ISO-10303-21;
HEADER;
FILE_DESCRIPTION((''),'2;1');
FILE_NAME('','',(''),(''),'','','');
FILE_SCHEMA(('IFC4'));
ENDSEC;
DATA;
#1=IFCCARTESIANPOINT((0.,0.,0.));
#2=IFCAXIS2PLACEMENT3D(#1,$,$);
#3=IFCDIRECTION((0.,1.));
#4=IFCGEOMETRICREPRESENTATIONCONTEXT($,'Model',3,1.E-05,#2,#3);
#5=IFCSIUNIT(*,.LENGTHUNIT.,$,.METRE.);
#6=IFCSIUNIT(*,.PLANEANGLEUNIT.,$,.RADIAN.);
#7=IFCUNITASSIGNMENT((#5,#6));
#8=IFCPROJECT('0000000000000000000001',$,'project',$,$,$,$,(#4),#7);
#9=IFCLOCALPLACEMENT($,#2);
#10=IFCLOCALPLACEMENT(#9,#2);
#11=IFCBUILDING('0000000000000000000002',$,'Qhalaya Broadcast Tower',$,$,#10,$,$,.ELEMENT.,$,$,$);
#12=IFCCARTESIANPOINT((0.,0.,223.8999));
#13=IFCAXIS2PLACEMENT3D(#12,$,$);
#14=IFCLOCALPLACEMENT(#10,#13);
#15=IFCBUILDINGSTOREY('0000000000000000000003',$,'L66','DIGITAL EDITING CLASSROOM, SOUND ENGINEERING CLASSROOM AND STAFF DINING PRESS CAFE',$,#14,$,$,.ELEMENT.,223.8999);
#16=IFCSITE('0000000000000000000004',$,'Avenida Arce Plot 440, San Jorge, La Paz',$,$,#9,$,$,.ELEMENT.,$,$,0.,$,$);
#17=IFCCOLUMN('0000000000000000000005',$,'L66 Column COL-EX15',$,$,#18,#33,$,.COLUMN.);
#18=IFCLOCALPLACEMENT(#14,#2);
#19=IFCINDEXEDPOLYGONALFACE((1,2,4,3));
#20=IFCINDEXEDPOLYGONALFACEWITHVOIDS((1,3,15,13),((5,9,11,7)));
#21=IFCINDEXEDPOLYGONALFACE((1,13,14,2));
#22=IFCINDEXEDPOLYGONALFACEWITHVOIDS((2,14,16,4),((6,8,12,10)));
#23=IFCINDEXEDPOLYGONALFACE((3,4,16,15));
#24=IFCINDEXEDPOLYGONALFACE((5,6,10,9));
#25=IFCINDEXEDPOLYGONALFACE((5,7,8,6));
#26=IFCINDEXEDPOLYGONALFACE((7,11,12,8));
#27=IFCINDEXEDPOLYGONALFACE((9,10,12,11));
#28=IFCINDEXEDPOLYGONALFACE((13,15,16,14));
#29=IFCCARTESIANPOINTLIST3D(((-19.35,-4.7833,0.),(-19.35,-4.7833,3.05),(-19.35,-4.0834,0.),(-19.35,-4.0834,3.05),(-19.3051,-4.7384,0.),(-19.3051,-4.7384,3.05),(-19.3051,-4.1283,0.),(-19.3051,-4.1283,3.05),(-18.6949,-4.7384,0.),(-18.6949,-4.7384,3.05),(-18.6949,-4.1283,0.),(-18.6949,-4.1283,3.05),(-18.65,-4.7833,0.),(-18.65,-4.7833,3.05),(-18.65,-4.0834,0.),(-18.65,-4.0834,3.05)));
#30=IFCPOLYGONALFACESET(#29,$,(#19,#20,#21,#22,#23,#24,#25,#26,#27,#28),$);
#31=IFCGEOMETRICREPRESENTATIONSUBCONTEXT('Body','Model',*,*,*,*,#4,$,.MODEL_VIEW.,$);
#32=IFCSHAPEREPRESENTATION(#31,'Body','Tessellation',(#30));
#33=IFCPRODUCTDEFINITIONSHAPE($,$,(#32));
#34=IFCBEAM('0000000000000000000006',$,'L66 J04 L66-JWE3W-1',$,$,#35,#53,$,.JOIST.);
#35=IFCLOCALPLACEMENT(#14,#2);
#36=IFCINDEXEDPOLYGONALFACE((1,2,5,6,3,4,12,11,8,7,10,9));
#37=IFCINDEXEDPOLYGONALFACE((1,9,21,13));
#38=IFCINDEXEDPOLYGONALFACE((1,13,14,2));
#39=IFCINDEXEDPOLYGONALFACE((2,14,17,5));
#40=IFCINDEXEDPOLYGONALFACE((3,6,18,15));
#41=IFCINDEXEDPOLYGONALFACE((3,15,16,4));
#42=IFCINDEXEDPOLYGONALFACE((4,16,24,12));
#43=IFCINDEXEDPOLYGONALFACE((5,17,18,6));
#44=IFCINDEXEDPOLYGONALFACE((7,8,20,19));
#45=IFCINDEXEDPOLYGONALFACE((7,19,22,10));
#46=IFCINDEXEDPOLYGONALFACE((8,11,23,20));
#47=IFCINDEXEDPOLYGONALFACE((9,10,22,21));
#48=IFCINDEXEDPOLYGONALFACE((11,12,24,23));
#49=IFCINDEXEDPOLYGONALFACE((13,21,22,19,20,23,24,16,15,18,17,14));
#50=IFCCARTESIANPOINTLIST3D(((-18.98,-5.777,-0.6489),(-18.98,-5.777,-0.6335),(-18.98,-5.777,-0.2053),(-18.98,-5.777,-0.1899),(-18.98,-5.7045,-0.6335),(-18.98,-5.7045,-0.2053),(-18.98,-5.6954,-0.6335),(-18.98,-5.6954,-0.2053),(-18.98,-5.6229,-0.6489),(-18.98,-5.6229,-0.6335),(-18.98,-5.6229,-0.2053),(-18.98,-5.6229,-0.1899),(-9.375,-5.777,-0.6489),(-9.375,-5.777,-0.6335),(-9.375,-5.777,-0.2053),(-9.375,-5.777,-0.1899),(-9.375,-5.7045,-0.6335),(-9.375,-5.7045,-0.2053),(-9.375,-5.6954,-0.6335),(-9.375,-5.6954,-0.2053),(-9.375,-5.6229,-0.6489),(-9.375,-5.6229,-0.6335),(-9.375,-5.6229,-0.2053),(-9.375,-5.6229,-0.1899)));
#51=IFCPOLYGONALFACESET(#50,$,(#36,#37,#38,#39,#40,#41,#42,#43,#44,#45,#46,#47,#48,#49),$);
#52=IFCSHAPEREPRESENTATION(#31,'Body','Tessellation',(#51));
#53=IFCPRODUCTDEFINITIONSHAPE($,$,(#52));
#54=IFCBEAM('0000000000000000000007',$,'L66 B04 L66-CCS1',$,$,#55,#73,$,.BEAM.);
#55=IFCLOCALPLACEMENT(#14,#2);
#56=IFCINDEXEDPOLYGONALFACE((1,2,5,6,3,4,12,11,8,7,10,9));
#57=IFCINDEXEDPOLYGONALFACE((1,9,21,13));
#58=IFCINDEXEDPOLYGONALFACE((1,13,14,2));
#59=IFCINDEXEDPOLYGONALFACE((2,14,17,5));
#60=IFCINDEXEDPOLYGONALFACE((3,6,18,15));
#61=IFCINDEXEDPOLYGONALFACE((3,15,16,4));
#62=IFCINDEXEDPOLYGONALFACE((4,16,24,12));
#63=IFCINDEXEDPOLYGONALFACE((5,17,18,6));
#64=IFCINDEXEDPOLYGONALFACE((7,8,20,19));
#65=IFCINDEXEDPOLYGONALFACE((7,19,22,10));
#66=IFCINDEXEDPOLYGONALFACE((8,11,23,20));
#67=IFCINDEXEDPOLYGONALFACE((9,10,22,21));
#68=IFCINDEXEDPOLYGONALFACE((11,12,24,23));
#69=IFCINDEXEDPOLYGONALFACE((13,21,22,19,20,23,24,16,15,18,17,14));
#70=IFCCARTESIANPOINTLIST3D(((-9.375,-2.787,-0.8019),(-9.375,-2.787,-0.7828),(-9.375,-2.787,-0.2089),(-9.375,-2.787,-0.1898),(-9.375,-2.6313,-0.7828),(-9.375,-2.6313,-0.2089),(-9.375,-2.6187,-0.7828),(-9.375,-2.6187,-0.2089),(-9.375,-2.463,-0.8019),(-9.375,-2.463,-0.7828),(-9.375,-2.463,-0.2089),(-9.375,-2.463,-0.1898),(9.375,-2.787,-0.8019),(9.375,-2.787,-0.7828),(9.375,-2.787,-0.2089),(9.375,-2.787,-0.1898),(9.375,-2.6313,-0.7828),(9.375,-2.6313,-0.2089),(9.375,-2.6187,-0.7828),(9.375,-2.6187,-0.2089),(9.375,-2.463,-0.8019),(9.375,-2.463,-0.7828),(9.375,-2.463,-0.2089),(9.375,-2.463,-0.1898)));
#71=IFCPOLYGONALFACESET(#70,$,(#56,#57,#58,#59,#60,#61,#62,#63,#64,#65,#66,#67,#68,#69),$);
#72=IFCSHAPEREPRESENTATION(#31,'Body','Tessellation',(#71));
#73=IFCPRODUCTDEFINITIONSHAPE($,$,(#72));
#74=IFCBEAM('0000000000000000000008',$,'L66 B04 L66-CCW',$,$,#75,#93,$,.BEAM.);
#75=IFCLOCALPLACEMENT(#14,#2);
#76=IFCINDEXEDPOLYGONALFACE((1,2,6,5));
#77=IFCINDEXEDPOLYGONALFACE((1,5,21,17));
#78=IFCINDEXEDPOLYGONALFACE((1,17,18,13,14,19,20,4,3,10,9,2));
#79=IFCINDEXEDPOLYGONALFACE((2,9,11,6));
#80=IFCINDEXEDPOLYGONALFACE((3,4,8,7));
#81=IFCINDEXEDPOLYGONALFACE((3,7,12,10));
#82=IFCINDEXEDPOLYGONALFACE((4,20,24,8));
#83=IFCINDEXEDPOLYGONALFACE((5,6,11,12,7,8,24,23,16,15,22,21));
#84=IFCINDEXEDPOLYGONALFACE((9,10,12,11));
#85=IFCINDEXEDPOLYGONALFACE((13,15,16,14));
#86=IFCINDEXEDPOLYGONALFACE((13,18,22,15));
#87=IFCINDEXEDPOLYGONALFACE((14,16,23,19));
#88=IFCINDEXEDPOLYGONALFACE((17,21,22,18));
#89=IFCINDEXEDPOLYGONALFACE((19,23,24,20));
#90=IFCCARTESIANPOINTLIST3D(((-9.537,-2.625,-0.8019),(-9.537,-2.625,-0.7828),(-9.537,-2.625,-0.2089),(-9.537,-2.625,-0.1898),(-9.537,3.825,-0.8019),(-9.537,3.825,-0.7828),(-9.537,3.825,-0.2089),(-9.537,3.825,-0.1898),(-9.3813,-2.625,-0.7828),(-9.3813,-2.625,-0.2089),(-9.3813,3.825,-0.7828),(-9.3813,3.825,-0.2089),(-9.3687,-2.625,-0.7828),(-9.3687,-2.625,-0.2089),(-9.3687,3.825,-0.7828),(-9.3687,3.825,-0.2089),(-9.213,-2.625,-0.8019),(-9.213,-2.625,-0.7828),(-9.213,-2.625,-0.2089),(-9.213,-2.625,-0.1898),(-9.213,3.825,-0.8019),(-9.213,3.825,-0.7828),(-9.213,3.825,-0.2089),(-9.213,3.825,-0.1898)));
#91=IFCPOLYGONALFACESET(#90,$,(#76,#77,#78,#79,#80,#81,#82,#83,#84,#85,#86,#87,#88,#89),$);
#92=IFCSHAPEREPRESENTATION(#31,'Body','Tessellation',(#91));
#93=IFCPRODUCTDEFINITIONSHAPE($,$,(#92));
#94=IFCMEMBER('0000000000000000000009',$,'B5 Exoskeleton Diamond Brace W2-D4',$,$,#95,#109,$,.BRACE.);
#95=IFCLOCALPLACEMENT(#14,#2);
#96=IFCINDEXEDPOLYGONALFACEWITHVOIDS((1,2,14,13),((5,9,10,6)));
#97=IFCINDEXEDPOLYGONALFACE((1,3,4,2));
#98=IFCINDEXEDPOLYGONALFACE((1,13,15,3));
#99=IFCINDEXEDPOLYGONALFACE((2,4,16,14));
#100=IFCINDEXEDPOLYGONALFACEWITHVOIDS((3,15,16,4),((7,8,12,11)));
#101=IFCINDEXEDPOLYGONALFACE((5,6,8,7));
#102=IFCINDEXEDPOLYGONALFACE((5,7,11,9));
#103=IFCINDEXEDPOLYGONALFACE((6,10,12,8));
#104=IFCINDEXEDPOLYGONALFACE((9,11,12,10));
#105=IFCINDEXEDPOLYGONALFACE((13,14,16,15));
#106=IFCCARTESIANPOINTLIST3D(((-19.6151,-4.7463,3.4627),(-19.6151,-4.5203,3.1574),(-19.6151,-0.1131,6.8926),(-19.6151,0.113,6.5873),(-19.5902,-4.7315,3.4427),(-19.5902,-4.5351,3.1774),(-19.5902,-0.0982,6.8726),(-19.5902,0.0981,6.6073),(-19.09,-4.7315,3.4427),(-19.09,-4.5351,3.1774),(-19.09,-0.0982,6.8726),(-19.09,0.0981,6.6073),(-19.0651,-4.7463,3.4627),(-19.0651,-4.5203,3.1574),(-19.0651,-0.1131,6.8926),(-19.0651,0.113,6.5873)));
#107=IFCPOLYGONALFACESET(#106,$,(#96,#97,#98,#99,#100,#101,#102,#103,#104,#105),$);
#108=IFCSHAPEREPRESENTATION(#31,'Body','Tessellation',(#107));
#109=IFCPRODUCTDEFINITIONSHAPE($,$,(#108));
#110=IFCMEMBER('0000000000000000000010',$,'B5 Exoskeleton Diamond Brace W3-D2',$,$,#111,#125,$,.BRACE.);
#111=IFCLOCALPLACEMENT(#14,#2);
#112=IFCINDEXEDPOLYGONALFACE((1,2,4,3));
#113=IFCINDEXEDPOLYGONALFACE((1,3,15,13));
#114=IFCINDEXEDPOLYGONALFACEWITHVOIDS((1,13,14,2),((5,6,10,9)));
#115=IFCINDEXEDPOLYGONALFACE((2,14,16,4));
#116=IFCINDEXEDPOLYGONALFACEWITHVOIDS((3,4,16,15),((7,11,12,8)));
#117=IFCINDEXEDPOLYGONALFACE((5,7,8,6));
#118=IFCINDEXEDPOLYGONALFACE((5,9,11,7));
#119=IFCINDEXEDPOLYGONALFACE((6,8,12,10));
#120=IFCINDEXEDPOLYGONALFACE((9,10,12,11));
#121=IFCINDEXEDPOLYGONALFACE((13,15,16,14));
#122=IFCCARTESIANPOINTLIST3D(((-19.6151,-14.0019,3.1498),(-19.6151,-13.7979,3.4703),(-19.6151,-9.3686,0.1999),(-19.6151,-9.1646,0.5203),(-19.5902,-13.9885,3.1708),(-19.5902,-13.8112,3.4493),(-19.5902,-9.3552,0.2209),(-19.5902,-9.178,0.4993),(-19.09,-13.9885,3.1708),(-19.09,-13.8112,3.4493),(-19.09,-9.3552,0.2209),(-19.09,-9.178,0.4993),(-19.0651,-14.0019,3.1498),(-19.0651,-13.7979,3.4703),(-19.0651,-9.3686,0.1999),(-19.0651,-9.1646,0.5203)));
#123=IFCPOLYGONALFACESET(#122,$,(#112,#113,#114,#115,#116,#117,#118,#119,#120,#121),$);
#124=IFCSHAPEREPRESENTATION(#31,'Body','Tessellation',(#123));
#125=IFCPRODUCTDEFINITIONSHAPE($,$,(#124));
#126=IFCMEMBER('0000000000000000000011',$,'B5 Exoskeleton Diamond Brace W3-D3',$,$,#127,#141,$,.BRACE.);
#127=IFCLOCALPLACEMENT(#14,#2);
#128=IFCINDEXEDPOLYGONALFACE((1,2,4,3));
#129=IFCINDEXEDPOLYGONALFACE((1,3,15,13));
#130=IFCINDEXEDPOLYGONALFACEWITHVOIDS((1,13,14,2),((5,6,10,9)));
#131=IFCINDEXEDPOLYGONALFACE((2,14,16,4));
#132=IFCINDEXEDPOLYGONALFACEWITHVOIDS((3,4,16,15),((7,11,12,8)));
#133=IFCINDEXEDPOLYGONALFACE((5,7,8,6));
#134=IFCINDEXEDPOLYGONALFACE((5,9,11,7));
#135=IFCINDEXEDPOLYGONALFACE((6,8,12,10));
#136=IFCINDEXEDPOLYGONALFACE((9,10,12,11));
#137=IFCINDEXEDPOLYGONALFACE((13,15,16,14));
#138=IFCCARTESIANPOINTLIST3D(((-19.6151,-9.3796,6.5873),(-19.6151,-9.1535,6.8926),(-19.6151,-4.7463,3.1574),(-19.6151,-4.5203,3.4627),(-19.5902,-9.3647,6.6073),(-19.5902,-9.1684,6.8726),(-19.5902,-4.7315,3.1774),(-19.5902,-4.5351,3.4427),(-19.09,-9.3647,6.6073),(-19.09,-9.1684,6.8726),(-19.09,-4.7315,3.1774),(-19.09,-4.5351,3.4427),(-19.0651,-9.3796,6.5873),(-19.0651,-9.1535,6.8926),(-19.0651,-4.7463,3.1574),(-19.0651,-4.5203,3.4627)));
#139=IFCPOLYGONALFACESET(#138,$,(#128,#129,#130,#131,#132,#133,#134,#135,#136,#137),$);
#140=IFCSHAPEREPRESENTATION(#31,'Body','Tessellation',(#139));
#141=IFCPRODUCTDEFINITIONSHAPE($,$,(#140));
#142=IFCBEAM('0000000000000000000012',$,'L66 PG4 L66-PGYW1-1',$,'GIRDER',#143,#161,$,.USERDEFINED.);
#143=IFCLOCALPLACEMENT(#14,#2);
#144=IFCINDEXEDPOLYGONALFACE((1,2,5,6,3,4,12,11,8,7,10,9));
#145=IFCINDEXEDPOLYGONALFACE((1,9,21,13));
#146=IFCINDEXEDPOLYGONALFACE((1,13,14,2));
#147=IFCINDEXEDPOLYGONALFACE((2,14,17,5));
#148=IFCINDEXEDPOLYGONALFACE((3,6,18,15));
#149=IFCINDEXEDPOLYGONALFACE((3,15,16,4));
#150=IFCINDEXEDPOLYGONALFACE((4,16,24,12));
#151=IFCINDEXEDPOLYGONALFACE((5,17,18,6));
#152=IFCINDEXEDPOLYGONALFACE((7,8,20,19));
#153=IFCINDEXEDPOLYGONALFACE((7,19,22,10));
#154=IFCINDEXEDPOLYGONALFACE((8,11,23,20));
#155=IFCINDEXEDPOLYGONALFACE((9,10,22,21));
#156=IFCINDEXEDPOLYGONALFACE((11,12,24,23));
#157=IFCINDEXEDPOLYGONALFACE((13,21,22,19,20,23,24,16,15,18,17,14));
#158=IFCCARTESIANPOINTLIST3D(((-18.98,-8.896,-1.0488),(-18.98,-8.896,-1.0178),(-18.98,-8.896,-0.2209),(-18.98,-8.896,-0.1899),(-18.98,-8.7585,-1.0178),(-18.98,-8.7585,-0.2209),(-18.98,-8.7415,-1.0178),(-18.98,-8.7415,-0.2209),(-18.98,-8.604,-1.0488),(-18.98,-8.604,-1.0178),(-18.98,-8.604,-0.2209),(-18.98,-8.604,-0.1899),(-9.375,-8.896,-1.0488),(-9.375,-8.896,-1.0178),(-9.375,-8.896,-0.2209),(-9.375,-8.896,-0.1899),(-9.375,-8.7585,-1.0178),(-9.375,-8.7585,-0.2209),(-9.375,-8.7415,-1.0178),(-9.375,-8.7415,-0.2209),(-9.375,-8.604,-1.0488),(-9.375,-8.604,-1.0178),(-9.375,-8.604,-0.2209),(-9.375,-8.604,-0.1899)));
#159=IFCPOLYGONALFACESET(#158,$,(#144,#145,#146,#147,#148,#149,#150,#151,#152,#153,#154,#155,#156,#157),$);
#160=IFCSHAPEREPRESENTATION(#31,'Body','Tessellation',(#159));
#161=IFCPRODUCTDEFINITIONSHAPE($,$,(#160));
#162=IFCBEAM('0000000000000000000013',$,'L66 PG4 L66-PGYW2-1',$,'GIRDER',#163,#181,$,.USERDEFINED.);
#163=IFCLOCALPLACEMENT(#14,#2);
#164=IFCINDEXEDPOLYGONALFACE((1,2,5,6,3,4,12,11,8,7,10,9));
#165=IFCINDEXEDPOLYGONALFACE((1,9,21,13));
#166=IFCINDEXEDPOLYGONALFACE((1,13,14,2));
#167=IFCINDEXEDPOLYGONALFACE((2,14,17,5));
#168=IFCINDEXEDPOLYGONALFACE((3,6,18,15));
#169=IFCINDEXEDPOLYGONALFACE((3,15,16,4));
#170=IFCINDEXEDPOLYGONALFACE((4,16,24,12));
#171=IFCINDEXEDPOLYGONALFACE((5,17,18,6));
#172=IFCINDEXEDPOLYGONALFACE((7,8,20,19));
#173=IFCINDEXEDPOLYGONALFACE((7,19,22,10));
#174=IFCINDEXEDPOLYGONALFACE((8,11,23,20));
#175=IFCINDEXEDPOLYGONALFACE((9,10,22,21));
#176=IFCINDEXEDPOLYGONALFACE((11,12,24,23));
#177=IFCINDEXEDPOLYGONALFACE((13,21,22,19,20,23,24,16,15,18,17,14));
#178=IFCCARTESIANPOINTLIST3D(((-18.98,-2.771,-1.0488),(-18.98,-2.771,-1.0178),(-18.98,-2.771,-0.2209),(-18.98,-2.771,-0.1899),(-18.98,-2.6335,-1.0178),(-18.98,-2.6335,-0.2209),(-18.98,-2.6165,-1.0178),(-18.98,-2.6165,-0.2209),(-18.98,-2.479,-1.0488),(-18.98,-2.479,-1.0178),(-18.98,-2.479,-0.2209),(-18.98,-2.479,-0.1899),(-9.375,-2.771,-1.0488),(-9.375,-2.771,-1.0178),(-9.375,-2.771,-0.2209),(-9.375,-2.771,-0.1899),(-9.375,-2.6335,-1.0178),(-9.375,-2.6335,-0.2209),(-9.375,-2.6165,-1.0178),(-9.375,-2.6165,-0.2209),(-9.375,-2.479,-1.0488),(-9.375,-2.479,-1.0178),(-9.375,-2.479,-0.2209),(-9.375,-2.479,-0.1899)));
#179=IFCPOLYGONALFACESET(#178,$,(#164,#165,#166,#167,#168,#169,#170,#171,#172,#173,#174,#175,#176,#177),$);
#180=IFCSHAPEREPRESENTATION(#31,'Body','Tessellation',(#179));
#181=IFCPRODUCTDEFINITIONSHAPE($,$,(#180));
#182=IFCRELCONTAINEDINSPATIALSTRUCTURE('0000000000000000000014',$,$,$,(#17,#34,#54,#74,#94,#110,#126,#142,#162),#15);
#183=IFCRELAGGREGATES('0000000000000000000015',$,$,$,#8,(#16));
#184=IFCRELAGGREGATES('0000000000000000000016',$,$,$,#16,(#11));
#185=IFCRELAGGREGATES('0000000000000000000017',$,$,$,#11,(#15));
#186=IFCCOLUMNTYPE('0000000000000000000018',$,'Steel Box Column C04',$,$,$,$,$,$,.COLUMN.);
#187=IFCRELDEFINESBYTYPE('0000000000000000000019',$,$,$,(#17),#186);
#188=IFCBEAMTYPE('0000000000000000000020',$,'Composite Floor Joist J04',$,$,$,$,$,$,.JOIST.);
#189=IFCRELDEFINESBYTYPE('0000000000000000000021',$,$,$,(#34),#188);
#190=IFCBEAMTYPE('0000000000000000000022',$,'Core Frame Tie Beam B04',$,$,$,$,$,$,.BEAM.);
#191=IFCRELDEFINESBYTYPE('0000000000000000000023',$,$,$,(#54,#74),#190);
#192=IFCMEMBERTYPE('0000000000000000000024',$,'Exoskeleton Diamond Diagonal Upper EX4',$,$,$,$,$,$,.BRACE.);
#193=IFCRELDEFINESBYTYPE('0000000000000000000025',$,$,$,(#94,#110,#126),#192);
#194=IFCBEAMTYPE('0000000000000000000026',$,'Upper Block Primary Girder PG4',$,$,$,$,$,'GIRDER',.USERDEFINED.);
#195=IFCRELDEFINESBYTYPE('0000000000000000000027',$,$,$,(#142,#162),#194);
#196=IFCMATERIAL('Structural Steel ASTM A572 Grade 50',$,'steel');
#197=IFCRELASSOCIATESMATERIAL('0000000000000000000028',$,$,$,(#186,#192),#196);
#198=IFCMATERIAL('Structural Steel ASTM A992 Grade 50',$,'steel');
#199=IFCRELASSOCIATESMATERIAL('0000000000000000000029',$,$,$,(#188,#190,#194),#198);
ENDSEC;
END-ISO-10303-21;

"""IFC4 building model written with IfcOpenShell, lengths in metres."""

from ifc_helpers import new_model, si_unit, direction, frame, origin, origin_2d, place, context, subcontext, project, spatial, hollow_rectangle, i_section, extrude, material, material_profile, profile_set, type_object, element, save


model = new_model("IFC4")

# Units and contexts
model_context = context("Model", 3, precision=1e-05, world=origin(), true_north=direction((0.0, 1.0)))
body_context = subcontext(model_context, "Body", "Model", "MODEL_VIEW")
ifc_project = project(units=[si_unit("LENGTHUNIT", "METRE"), si_unit("PLANEANGLEUNIT", "RADIAN")], contexts=[model_context])

# Site, building, storey
site_placement = place(None, origin())
site = spatial("IfcSite", under=ifc_project, at=site_placement, Name="Avenida Arce Plot 440, San Jorge, La Paz", CompositionType="ELEMENT", RefElevation=0.0)
building_placement = place(site_placement, origin())
building = spatial("IfcBuilding", under=site, at=building_placement, Name="Qhalaya Broadcast Tower", CompositionType="ELEMENT")
storey_placement = place(building_placement, frame((0.0, 0.0, 223.8999)))
storey = spatial("IfcBuildingStorey", under=building, at=storey_placement, Name="L66", Description="DIGITAL EDITING CLASSROOM, SOUND ENGINEERING CLASSROOM AND STAFF DINING PRESS CAFE", CompositionType="ELEMENT", Elevation=223.8999)

# Column
ifc_material_1 = material(Name="Structural Steel ASTM A572 Grade 50", Category="steel")
ifc_material_profile_1 = material_profile(ifc_material_1, hollow_rectangle(XDim=0.7, YDim=0.7, WallThickness=0.0449, at=origin_2d()), Name="BOX 700x700x45")
ifc_profile_set_1 = profile_set([ifc_material_profile_1], Name="Structural Steel ASTM A572 Grade 50")
column_type = type_object("IfcColumnType", Name="Steel Box Column C04", PredefinedType="COLUMN", material=ifc_profile_set_1)
column_placement = place(storey_placement, frame((-19.0, -4.4333, 0.0), z_axis=(0.0, 0.0, 1.0), x_axis=(0.0, 1.0, 0.0)))
element("IfcColumn", 1, at=column_placement, inside=storey, type_object=column_type, Name="L66 Column COL-EX15", PredefinedType="COLUMN", context=body_context, shape_type="SweptSolid", body=[
    extrude(hollow_rectangle(XDim=0.7, YDim=0.7, WallThickness=0.0449, at=origin_2d()), origin(), (0.0, 0.0, 1.0), 3.05),
])

# Beams
ifc_material_2 = material(Name="Structural Steel ASTM A992 Grade 50", Category="steel")
ifc_material_profile_2 = material_profile(ifc_material_2, i_section(OverallWidth=0.1541, OverallDepth=0.459, WebThickness=0.009, FlangeThickness=0.0154, at=origin_2d()), Name="W18X46")
ifc_profile_set_2 = profile_set([ifc_material_profile_2], Name="Structural Steel ASTM A992 Grade 50")
beam_type_1 = type_object("IfcBeamType", Name="Composite Floor Joist J04", PredefinedType="JOIST", material=ifc_profile_set_2)
beam_1_placement = place(storey_placement, frame((-18.98, -5.7, -0.4194), z_axis=(1.0, 0.0, 0.0), x_axis=(0.0, 1.0, 0.0)))
element("IfcBeam", 2, at=beam_1_placement, inside=storey, type_object=beam_type_1, Name="L66 J04 L66-JWE3W-1", PredefinedType="JOIST", context=body_context, shape_type="SweptSolid", body=[
    extrude(i_section(OverallWidth=0.1541, OverallDepth=0.459, WebThickness=0.009, FlangeThickness=0.0154, at=origin_2d()), origin(), (0.0, 0.0, 1.0), 9.605),
])
ifc_material_profile_3 = material_profile(ifc_material_2, i_section(OverallWidth=0.324, OverallDepth=0.6121, WebThickness=0.0127, FlangeThickness=0.019, at=origin_2d()), Name="W24X104")
ifc_profile_set_3 = profile_set([ifc_material_profile_3], Name="Structural Steel ASTM A992 Grade 50")
beam_type_2 = type_object("IfcBeamType", Name="Core Frame Tie Beam B04", PredefinedType="BEAM", material=ifc_profile_set_3)
beam_2_placement = place(storey_placement, frame((-9.375, -2.625, -0.4958), z_axis=(1.0, 0.0, 0.0), x_axis=(0.0, 1.0, 0.0)))
element("IfcBeam", 3, at=beam_2_placement, inside=storey, type_object=beam_type_2, Name="L66 B04 L66-CCS1", PredefinedType="BEAM", context=body_context, shape_type="SweptSolid", body=[
    extrude(i_section(OverallWidth=0.324, OverallDepth=0.6121, WebThickness=0.0127, FlangeThickness=0.019, at=origin_2d()), origin(), (0.0, 0.0, 1.0), 18.75),
])
beam_3_placement = place(storey_placement, frame((-9.375, -2.625, -0.4958), z_axis=(0.0, 1.0, 0.0), x_axis=(-1.0, 0.0, 0.0)))
element("IfcBeam", 4, at=beam_3_placement, inside=storey, type_object=beam_type_2, Name="L66 B04 L66-CCW", PredefinedType="BEAM", context=body_context, shape_type="SweptSolid", body=[
    extrude(i_section(OverallWidth=0.324, OverallDepth=0.6121, WebThickness=0.0127, FlangeThickness=0.019, at=origin_2d()), origin(), (0.0, 0.0, 1.0), 6.45),
])

# Members
ifc_material_profile_4 = material_profile(ifc_material_1, hollow_rectangle(XDim=0.3799, YDim=0.55, WallThickness=0.0249, at=origin_2d()), Name="BOX 380x550x25")
ifc_profile_set_4 = profile_set([ifc_material_profile_4], Name="Structural Steel ASTM A572 Grade 50")
member_type = type_object("IfcMemberType", Name="Exoskeleton Diamond Diagonal Upper EX4", PredefinedType="BRACE", material=ifc_profile_set_4)
member_1_placement = place(storey_placement, frame((-19.3401, -4.6333, 3.3101), z_axis=(0.0, 0.803735, 0.594987), x_axis=(0.0, -0.594987, 0.803735)))
element("IfcMember", 5, at=member_1_placement, inside=storey, type_object=member_type, Name="B5 Exoskeleton Diamond Brace W2-D4", PredefinedType="BRACE", context=body_context, shape_type="SweptSolid", body=[
    extrude(hollow_rectangle(XDim=0.3799, YDim=0.55, WallThickness=0.0249, at=origin_2d()), origin(), (0.0, 0.0, 1.0), 5.7646),
])
member_2_placement = place(storey_placement, frame((-19.3401, -9.2666, 0.3601), z_axis=(0.0, -0.843539, 0.537068), x_axis=(0.0, 0.537068, 0.843539)))
element("IfcMember", 6, at=member_2_placement, inside=storey, type_object=member_type, Name="B5 Exoskeleton Diamond Brace W3-D2", PredefinedType="BRACE", context=body_context, shape_type="SweptSolid", body=[
    extrude(hollow_rectangle(XDim=0.3799, YDim=0.55, WallThickness=0.0249, at=origin_2d()), origin(), (0.0, 0.0, 1.0), 5.4927),
])
member_3_placement = place(storey_placement, frame((-19.3401, -4.6333, 3.3101), z_axis=(0.0, -0.803735, 0.594987), x_axis=(0.0, 0.594987, 0.803735)))
element("IfcMember", 7, at=member_3_placement, inside=storey, type_object=member_type, Name="B5 Exoskeleton Diamond Brace W3-D3", PredefinedType="BRACE", context=body_context, shape_type="SweptSolid", body=[
    extrude(hollow_rectangle(XDim=0.3799, YDim=0.55, WallThickness=0.0249, at=origin_2d()), origin(), (0.0, 0.0, 1.0), 5.7646),
])

# Beams
ifc_material_profile_5 = material_profile(ifc_material_2, i_section(OverallWidth=0.292, OverallDepth=0.8589, WebThickness=0.0171, FlangeThickness=0.031, at=origin_2d()), Name="W33X169")
ifc_profile_set_5 = profile_set([ifc_material_profile_5], Name="Structural Steel ASTM A992 Grade 50")
beam_type_3 = type_object("IfcBeamType", Name="Upper Block Primary Girder PG4", ElementType="GIRDER", PredefinedType="USERDEFINED", material=ifc_profile_set_5)
for number, where, z_axis, x_axis, name in (
    (8, (-18.98, -8.75, -0.6194), (1.0, 0.0, 0.0), (0.0, 1.0, 0.0), "L66 PG4 L66-PGYW1-1"),
    (9, (-18.98, -2.625, -0.6194), (1.0, 0.0, 0.0), (0.0, 1.0, 0.0), "L66 PG4 L66-PGYW2-1"),
):
    element("IfcBeam", number, at=place(storey_placement, frame(where, z_axis=z_axis, x_axis=x_axis)), inside=storey, type_object=beam_type_3, Name=name, ObjectType="GIRDER", PredefinedType="USERDEFINED", context=body_context, shape_type="SweptSolid", body=[
        extrude(i_section(OverallWidth=0.292, OverallDepth=0.8589, WebThickness=0.0171, FlangeThickness=0.031, at=origin_2d()), origin(), (0.0, 0.0, 1.0), 9.605),
    ])

save(model, "model.ifc")
